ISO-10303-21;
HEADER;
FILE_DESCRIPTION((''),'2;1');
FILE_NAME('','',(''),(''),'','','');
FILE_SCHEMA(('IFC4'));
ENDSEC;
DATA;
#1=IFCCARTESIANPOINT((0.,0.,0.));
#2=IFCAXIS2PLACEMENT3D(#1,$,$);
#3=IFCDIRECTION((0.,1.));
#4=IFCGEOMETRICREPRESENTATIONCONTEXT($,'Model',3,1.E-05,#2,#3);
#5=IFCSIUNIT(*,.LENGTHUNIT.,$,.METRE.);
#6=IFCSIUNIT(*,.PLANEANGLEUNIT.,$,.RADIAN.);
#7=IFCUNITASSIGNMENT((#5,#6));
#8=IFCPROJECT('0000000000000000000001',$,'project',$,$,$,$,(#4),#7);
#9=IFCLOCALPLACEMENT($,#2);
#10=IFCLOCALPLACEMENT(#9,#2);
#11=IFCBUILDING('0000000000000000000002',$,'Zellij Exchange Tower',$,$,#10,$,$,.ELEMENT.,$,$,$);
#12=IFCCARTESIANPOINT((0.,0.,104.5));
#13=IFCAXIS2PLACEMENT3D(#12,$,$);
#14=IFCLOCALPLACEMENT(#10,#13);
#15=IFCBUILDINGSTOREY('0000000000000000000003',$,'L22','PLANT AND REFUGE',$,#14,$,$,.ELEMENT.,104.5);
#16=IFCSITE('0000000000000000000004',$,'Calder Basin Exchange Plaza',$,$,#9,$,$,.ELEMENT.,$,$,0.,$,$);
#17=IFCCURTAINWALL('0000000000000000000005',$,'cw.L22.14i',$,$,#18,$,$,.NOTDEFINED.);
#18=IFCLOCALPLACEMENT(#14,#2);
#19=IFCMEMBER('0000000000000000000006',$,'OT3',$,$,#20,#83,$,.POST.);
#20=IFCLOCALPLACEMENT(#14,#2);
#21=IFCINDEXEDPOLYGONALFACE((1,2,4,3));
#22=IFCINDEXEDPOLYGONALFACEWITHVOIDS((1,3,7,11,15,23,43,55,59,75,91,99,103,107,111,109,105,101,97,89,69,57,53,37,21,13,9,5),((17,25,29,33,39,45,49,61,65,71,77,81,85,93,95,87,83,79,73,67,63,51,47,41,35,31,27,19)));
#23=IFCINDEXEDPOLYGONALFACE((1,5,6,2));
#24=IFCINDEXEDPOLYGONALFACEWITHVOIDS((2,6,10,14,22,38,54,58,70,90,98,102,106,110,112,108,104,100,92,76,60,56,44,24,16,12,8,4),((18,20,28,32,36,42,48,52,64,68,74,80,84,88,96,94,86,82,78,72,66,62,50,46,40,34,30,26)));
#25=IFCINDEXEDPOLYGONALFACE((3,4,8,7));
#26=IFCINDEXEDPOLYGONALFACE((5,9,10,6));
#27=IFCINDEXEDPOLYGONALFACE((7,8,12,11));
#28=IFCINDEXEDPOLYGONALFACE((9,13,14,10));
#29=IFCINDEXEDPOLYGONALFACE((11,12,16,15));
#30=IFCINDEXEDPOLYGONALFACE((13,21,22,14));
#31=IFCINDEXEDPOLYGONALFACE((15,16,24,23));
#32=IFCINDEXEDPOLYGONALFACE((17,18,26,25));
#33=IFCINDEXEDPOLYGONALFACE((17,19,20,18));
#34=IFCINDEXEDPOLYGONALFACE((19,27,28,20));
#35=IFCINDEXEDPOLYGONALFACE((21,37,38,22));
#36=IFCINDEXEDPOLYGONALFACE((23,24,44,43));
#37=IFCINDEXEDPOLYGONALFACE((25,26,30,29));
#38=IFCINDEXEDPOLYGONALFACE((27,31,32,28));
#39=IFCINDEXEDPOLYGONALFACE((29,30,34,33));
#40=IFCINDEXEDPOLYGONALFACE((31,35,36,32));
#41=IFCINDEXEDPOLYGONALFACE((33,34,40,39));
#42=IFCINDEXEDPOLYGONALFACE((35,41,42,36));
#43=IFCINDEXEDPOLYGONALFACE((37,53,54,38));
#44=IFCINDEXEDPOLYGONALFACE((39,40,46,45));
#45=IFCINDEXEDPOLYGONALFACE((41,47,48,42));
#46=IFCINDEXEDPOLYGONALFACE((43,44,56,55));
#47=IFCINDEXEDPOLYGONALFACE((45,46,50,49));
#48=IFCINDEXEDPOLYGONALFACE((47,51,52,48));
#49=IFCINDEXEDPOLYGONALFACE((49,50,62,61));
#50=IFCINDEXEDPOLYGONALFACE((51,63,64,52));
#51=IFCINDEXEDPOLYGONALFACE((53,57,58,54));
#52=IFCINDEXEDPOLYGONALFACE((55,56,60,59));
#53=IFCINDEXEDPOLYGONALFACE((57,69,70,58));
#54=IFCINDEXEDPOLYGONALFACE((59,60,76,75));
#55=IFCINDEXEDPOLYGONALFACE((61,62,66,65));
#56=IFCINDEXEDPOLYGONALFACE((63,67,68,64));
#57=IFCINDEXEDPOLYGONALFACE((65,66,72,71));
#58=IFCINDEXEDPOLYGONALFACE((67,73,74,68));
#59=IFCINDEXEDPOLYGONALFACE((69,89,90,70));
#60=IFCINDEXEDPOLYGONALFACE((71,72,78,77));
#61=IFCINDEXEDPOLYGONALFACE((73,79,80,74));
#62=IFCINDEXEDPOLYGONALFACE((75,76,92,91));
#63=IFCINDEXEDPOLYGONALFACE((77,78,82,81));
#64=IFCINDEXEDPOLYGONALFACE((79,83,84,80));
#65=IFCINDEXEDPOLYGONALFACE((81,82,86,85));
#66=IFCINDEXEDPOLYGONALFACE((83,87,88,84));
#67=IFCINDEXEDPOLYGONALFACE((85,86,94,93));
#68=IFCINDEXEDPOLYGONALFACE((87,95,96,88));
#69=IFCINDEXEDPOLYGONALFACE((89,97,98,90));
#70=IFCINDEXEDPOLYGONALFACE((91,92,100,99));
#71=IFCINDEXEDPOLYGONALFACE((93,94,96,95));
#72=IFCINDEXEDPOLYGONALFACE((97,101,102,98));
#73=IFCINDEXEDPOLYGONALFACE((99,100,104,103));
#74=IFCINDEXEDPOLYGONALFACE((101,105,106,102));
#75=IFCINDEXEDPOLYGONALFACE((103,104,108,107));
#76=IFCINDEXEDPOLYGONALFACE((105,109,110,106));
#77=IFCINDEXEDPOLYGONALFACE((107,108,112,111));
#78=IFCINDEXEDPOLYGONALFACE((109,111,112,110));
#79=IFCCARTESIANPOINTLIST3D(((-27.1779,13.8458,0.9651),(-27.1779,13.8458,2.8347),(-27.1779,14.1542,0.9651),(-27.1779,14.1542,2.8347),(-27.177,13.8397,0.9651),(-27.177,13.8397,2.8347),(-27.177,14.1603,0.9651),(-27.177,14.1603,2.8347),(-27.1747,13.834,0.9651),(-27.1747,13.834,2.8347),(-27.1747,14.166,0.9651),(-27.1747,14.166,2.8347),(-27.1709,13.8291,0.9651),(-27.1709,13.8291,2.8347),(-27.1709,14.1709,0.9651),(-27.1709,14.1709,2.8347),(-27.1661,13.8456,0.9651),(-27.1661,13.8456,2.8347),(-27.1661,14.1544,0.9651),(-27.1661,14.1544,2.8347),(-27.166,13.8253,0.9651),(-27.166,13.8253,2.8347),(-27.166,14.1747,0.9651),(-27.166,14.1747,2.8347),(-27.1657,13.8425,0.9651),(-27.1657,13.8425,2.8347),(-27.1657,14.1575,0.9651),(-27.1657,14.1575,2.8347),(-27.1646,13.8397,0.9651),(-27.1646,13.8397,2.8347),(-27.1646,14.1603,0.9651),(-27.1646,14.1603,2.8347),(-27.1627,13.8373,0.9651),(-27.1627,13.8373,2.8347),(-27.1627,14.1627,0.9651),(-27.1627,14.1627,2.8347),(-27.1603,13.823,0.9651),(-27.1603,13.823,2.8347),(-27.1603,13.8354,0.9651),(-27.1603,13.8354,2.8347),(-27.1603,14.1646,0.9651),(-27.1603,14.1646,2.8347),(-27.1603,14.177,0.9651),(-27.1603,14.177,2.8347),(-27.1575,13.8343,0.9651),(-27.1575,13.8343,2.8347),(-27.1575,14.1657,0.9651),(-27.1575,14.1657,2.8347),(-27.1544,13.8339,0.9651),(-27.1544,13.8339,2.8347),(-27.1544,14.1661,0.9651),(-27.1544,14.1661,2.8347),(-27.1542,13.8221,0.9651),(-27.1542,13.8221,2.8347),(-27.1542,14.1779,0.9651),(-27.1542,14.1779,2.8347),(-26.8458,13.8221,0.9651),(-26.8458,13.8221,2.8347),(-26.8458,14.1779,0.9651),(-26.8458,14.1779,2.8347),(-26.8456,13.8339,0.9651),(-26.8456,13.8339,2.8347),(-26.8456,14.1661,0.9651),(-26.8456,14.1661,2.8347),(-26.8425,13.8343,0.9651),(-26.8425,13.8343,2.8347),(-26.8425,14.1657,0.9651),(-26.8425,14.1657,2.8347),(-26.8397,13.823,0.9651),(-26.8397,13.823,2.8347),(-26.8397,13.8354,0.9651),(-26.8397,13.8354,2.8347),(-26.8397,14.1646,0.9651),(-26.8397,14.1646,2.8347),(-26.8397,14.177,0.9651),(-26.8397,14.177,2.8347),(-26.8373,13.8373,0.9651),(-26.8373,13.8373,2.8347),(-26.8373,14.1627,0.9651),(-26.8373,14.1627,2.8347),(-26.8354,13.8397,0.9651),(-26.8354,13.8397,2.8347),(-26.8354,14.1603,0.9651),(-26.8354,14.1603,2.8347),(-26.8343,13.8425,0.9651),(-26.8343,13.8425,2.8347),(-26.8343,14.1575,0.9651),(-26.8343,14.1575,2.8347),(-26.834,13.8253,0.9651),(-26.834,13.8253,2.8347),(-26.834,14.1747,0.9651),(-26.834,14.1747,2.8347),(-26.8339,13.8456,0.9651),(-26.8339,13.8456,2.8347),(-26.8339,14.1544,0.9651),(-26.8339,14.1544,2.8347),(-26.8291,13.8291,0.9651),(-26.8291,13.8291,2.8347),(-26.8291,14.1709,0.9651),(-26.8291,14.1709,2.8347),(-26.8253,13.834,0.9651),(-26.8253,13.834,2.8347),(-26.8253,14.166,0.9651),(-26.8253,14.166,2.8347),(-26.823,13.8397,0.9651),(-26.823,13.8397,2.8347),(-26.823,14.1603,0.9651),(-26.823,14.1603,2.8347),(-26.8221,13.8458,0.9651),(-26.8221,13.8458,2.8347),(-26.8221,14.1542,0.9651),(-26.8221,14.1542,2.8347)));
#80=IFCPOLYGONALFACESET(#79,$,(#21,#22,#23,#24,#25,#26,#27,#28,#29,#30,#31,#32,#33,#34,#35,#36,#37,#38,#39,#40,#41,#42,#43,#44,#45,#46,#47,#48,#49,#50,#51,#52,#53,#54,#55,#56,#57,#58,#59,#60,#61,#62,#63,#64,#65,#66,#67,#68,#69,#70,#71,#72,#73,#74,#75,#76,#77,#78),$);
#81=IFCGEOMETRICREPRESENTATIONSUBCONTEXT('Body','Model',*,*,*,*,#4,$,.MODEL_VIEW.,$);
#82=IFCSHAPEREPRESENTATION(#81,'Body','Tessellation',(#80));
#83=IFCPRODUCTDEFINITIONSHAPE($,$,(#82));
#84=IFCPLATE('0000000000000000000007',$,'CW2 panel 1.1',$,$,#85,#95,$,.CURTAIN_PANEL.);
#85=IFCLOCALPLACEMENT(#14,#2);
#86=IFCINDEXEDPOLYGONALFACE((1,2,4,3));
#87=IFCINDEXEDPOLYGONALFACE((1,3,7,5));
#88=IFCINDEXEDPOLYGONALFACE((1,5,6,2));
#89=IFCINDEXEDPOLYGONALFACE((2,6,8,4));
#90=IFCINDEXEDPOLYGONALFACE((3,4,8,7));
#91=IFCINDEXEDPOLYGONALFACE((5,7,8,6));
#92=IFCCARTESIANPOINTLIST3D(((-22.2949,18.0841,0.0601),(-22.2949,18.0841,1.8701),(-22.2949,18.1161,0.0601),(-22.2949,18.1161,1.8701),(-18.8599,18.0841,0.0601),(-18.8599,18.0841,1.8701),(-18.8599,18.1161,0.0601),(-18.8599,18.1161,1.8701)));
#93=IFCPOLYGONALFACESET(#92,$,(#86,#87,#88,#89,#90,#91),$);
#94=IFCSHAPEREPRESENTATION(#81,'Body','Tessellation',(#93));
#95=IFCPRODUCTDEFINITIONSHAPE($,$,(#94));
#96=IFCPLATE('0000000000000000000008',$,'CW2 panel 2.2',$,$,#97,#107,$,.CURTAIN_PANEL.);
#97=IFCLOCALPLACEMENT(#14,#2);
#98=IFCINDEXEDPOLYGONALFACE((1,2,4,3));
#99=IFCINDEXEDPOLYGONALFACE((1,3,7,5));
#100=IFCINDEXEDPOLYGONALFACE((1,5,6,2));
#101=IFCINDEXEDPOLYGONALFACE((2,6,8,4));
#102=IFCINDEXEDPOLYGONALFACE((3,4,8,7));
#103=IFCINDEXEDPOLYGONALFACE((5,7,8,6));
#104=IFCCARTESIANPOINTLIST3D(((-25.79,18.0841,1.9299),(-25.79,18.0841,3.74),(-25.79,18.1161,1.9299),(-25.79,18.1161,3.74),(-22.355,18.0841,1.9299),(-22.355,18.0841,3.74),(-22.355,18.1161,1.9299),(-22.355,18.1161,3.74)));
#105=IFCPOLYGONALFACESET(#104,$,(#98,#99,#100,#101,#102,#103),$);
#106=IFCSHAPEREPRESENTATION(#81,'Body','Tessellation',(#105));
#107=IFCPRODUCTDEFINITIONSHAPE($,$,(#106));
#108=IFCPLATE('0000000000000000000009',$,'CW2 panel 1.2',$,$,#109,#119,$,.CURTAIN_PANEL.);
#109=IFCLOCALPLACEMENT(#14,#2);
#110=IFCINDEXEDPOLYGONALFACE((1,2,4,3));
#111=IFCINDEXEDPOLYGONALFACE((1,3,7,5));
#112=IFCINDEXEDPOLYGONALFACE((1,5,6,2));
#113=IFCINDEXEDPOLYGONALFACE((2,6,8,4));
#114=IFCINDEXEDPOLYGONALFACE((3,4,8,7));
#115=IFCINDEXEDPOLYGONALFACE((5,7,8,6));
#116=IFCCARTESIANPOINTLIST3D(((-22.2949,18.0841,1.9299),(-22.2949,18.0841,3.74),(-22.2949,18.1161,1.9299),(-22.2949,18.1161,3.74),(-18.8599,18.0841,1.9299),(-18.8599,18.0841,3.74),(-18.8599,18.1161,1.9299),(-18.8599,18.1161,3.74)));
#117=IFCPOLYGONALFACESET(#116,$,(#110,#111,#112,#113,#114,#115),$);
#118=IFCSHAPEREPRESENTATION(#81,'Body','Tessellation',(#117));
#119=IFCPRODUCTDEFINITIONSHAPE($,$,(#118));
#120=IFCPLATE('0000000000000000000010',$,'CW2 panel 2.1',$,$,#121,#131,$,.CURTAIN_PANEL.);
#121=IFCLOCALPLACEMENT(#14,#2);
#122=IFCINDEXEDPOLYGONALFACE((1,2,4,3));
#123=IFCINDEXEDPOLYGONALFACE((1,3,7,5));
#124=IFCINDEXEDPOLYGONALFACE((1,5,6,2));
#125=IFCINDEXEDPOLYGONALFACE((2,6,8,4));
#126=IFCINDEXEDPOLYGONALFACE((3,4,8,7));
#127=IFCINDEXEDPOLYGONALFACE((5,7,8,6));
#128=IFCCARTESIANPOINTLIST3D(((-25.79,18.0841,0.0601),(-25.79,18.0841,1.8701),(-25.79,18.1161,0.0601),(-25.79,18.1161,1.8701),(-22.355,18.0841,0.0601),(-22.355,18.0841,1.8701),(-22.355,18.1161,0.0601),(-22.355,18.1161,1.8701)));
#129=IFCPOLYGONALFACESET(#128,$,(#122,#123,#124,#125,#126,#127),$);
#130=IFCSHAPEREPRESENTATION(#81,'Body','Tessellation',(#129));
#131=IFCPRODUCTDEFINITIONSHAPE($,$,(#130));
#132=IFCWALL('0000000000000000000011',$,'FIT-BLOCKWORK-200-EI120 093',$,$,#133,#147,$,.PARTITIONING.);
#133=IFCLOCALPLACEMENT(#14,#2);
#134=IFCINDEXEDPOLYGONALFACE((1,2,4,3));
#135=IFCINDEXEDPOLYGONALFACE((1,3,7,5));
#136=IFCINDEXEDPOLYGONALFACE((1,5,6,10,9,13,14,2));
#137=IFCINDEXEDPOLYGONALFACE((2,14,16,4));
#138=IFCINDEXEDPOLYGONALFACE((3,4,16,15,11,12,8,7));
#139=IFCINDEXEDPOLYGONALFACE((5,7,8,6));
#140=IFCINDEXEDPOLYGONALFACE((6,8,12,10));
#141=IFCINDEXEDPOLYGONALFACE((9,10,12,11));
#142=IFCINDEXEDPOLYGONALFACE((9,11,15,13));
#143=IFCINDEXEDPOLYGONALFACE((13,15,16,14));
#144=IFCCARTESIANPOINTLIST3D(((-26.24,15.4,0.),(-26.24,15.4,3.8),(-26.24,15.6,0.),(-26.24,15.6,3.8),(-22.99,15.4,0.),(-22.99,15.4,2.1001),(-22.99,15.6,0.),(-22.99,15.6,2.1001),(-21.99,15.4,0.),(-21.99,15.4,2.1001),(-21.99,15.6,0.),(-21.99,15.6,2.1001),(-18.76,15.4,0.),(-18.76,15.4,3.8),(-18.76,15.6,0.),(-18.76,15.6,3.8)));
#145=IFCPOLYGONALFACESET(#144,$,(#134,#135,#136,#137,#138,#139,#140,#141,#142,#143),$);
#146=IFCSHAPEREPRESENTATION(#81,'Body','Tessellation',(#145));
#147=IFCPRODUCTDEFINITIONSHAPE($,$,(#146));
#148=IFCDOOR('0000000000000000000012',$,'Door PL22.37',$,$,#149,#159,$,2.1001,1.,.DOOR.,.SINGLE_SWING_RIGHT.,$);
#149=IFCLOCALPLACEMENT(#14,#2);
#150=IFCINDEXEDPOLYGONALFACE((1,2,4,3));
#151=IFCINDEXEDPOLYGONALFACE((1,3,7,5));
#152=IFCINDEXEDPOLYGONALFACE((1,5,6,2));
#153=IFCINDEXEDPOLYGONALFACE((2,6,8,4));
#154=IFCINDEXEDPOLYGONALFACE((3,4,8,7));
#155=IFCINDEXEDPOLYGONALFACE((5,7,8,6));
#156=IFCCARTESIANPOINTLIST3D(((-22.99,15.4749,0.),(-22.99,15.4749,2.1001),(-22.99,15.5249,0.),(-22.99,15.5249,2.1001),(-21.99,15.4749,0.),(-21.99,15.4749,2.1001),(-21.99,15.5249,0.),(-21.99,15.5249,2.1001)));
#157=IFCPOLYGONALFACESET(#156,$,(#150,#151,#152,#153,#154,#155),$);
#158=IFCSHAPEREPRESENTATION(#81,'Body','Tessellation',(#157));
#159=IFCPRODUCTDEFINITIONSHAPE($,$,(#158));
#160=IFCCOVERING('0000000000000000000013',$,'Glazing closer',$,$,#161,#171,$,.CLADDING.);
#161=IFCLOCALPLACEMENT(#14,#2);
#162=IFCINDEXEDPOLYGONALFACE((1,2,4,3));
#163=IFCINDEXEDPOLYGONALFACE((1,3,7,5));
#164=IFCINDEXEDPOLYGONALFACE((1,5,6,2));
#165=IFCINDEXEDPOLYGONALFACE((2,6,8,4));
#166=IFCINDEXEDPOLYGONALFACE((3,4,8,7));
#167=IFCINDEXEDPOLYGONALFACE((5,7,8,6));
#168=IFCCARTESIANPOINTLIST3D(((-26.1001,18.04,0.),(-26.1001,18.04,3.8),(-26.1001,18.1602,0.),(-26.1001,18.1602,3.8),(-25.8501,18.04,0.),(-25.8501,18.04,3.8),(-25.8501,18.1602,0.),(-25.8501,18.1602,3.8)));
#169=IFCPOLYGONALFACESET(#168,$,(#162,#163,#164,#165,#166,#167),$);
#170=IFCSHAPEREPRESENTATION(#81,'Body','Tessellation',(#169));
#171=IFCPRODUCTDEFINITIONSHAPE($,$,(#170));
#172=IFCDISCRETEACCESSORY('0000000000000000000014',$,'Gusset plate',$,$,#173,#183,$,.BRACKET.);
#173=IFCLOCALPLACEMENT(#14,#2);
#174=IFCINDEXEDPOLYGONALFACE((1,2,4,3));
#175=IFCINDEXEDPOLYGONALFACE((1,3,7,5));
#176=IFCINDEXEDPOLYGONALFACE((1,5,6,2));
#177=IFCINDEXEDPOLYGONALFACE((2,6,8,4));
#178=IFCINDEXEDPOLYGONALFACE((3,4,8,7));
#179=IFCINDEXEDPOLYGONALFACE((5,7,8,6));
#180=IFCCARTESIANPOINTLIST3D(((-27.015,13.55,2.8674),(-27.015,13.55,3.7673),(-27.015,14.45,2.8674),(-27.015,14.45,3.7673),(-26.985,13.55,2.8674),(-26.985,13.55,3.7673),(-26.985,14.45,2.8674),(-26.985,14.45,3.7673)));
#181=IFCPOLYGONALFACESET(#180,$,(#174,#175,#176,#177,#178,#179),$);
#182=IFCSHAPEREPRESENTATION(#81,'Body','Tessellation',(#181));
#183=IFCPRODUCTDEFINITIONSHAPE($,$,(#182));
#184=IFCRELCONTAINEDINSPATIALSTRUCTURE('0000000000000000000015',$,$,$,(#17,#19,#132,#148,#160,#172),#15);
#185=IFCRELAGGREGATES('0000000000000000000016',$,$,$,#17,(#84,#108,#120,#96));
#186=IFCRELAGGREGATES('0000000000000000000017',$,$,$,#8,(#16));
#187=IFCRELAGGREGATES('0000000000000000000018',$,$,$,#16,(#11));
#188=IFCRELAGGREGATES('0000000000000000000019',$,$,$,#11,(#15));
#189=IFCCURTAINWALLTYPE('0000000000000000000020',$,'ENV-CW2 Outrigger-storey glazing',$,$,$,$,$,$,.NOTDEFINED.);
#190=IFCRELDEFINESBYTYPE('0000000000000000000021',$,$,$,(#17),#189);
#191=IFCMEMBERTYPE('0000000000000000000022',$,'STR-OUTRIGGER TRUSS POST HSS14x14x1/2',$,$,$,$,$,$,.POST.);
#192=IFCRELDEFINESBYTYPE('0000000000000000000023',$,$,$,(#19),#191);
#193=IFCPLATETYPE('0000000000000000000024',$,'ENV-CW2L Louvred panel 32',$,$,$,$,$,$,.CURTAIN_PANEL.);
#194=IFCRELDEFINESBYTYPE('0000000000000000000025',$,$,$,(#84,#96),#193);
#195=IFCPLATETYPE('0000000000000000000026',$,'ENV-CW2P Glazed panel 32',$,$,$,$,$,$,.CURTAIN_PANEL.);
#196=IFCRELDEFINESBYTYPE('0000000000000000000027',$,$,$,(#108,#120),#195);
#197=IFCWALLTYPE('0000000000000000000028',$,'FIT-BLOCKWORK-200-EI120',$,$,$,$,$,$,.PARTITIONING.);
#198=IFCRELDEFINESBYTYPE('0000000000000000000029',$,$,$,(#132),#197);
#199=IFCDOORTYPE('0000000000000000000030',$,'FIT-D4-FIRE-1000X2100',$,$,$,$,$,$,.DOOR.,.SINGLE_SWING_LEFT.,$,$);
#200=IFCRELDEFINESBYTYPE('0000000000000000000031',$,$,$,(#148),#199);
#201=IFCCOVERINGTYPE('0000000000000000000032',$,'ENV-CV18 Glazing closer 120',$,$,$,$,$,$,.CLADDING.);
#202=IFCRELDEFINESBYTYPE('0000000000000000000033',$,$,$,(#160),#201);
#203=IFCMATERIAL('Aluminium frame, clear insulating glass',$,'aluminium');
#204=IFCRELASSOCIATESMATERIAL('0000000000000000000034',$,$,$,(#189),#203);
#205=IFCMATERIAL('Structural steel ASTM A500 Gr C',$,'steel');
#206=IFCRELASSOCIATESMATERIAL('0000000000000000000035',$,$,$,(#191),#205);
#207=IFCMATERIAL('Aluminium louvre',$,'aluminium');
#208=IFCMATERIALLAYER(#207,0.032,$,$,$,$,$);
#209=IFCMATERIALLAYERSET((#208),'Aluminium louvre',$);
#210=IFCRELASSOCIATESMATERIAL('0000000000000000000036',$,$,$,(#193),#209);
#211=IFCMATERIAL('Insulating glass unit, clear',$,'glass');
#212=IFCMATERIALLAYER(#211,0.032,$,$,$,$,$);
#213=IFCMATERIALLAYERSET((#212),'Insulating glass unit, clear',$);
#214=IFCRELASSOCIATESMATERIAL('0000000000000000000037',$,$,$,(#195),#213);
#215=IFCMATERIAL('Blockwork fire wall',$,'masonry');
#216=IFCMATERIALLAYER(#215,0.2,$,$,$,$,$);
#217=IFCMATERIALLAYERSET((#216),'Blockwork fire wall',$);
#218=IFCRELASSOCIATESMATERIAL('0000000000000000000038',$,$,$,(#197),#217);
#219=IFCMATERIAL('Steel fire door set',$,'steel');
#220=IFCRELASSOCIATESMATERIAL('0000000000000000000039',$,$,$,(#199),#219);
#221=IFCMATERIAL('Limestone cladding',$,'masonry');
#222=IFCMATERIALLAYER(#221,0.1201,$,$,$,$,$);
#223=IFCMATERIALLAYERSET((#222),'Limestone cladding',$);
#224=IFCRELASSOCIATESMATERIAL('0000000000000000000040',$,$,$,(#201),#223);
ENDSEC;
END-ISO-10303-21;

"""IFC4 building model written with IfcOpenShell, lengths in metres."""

from ifc_helpers import new_model, si_unit, direction, frame, frame_2d, origin, origin_2d, place, context, subcontext, project, spatial, rectangle, hollow_rectangle, extrude, material, layer, layer_set, material_profile, profile_set, type_object, element, fill, aggregate, save


model = new_model("IFC4")

# Units and contexts
model_context = context("Model", 3, precision=1e-05, world=origin(), true_north=direction((0.0, 1.0)))
body_context = subcontext(model_context, "Body", "Model", "MODEL_VIEW")
ifc_project = project(units=[si_unit("LENGTHUNIT", "METRE"), si_unit("PLANEANGLEUNIT", "RADIAN")], contexts=[model_context])

# Site, building, storey
site_placement = place(None, origin())
site = spatial("IfcSite", under=ifc_project, at=site_placement, Name="Calder Basin Exchange Plaza", CompositionType="ELEMENT", RefElevation=0.0)
building_placement = place(site_placement, origin())
building = spatial("IfcBuilding", under=site, at=building_placement, Name="Zellij Exchange Tower", CompositionType="ELEMENT")
storey_placement = place(building_placement, frame((0.0, 0.0, 104.5)))
storey = spatial("IfcBuildingStorey", under=building, at=storey_placement, Name="L22", Description="PLANT AND REFUGE", CompositionType="ELEMENT", Elevation=104.5)

# Curtain wall
ifc_material_1 = material(Name="Aluminium frame, clear insulating glass", Category="aluminium")
curtain_wall_type = type_object("IfcCurtainWallType", Name="ENV-CW2 Outrigger-storey glazing", PredefinedType="NOTDEFINED", material=ifc_material_1)
curtain_wall_placement = place(storey_placement, origin())
curtain_wall = element("IfcCurtainWall", 1, at=curtain_wall_placement, inside=storey, type_object=curtain_wall_type, Name="cw.L22.14i", PredefinedType="NOTDEFINED")

# Shared definitions
ifc_material_2 = material(Name="Structural steel ASTM A500 Gr C", Category="steel")

# Member
ifc_material_profile_1 = material_profile(ifc_material_2, hollow_rectangle(XDim=0.3557, YDim=0.3557, WallThickness=0.0117, InnerFilletRadius=0.0117, OuterFilletRadius=0.0237, at=origin_2d()), Name="STR-OUTRIGGER TRUSS POST HSS14x14x1/2")
ifc_profile_set_1 = profile_set([ifc_material_profile_1], Name="Structural steel ASTM A500 Gr C")
member_type_1 = type_object("IfcMemberType", Name="STR-OUTRIGGER TRUSS POST HSS14x14x1/2", PredefinedType="POST", material=ifc_profile_set_1)
member_1_placement = place(storey_placement, frame((-27.0, 14.0, 0.9651), z_axis=(0.0, 0.0, 1.0), x_axis=(1.0, 0.0, 0.0)))
element("IfcMember", 2, at=member_1_placement, inside=storey, type_object=member_type_1, Name="OT3", PredefinedType="POST", context=body_context, shape_type="SweptSolid", body=[
    extrude(hollow_rectangle(XDim=0.3557, YDim=0.3557, WallThickness=0.0117, InnerFilletRadius=0.0117, OuterFilletRadius=0.0237, at=origin_2d()), origin(), (0.0, 0.0, 1.0), 1.8696),
])

# Plates
ifc_material_3 = material(Name="Aluminium louvre", Category="aluminium")
ifc_layer_1 = layer(ifc_material_3, 0.032)
ifc_layer_set_1 = layer_set([ifc_layer_1], Name="Aluminium louvre")
plate_type_1 = type_object("IfcPlateType", Name="ENV-CW2L Louvred panel 32", PredefinedType="CURTAIN_PANEL", material=ifc_layer_set_1)
plate_1_placement = place(storey_placement, frame((-20.5774, 18.1001, 0.0601), z_axis=(0.0, 0.0, 1.0), x_axis=(-1.0, 0.0, 0.0)))
plate_1 = element("IfcPlate", 3, at=plate_1_placement, type_object=plate_type_1, Name="CW2 panel 1.1", PredefinedType="CURTAIN_PANEL", context=body_context, shape_type="SweptSolid", body=[
    extrude(rectangle(XDim=3.4351, YDim=0.032, at=origin_2d()), origin(), (0.0, 0.0, 1.0), 1.8101),
])
plate_2_placement = place(storey_placement, frame((-24.0725, 18.1001, 1.9299), z_axis=(0.0, 0.0, 1.0), x_axis=(-1.0, 0.0, 0.0)))
plate_2 = element("IfcPlate", 4, at=plate_2_placement, type_object=plate_type_1, Name="CW2 panel 2.2", PredefinedType="CURTAIN_PANEL", context=body_context, shape_type="SweptSolid", body=[
    extrude(rectangle(XDim=3.4351, YDim=0.032, at=origin_2d()), origin(), (0.0, 0.0, 1.0), 1.8101),
])
ifc_material_4 = material(Name="Insulating glass unit, clear", Category="glass")
ifc_layer_2 = layer(ifc_material_4, 0.032)
ifc_layer_set_2 = layer_set([ifc_layer_2], Name="Insulating glass unit, clear")
plate_type_2 = type_object("IfcPlateType", Name="ENV-CW2P Glazed panel 32", PredefinedType="CURTAIN_PANEL", material=ifc_layer_set_2)
plate_3_placement = place(storey_placement, frame((-20.5774, 18.1001, 1.9299), z_axis=(0.0, 0.0, 1.0), x_axis=(-1.0, 0.0, 0.0)))
plate_3 = element("IfcPlate", 5, at=plate_3_placement, type_object=plate_type_2, Name="CW2 panel 1.2", PredefinedType="CURTAIN_PANEL", context=body_context, shape_type="SweptSolid", body=[
    extrude(rectangle(XDim=3.4351, YDim=0.032, at=origin_2d()), origin(), (0.0, 0.0, 1.0), 1.8101),
])
plate_4_placement = place(storey_placement, frame((-24.0725, 18.1001, 0.0601), z_axis=(0.0, 0.0, 1.0), x_axis=(-1.0, 0.0, 0.0)))
plate_4 = element("IfcPlate", 6, at=plate_4_placement, type_object=plate_type_2, Name="CW2 panel 2.1", PredefinedType="CURTAIN_PANEL", context=body_context, shape_type="SweptSolid", body=[
    extrude(rectangle(XDim=3.4351, YDim=0.032, at=origin_2d()), origin(), (0.0, 0.0, 1.0), 1.8101),
])
aggregate(curtain_wall, [plate_1, plate_3, plate_4, plate_2])

# Wall, opening, door
ifc_material_5 = material(Name="Blockwork fire wall", Category="masonry")
ifc_layer_3 = layer(ifc_material_5, 0.2)
ifc_layer_set_3 = layer_set([ifc_layer_3], Name="Blockwork fire wall")
wall_type = type_object("IfcWallType", Name="FIT-BLOCKWORK-200-EI120", PredefinedType="PARTITIONING", material=ifc_layer_set_3)
wall_placement = place(storey_placement, frame((-26.24, 15.5, 0.0), z_axis=(0.0, 0.0, 1.0), x_axis=(1.0, 0.0, 0.0)))
wall = element("IfcWall", 7, at=wall_placement, inside=storey, type_object=wall_type, Name="FIT-BLOCKWORK-200-EI120 093", PredefinedType="PARTITIONING", context=body_context, shape_type="SweptSolid", body=[
    extrude(rectangle(XDim=7.48, YDim=0.2, at=frame_2d((3.74, 0.0))), origin(), (0.0, 0.0, 1.0), 3.8),
])
opening_placement = place(wall_placement, frame((3.25, 0.0, 0.0)))
opening = element("IfcOpeningElement", 8, at=opening_placement, cuts=wall, PredefinedType="OPENING", context=body_context, shape_type="SweptSolid", body=[
    extrude(rectangle(XDim=1.0, YDim=2.1001, at=frame_2d((0.5, 1.05))), frame((0.0, 0.1118, 0.0), z_axis=(0.0, -1.0, 0.0), x_axis=(1.0, 0.0, 0.0)), (0.0, 0.0, 1.0), 0.2239),
])
ifc_material_6 = material(Name="Steel fire door set", Category="steel")
door_type = type_object("IfcDoorType", Name="FIT-D4-FIRE-1000X2100", OperationType="SINGLE_SWING_LEFT", PredefinedType="DOOR", material=ifc_material_6)
door_placement = place(opening_placement, origin())
door = element("IfcDoor", 9, at=door_placement, inside=storey, type_object=door_type, Name="Door PL22.37", OperationType="SINGLE_SWING_RIGHT", OverallHeight=2.1001, OverallWidth=1.0, PredefinedType="DOOR", context=body_context, shape_type="SweptSolid", body=[
    extrude(rectangle(XDim=1.0, YDim=2.1001, at=frame_2d((0.5, 1.05))), frame((0.0, 0.0249, 0.0), z_axis=(0.0, -1.0, 0.0), x_axis=(1.0, 0.0, 0.0)), (0.0, 0.0, 1.0), 0.05),
])
fill(opening, door)

# Covering
ifc_material_7 = material(Name="Limestone cladding", Category="masonry")
ifc_layer_4 = layer(ifc_material_7, 0.1201)
ifc_layer_set_4 = layer_set([ifc_layer_4], Name="Limestone cladding")
covering_type = type_object("IfcCoveringType", Name="ENV-CV18 Glazing closer 120", PredefinedType="CLADDING", material=ifc_layer_set_4)
covering_placement = place(storey_placement, frame((-25.9751, 18.1001, 0.0), z_axis=(0.0, 0.0, 1.0), x_axis=(-1.0, 0.0, 0.0)))
element("IfcCovering", 10, at=covering_placement, inside=storey, type_object=covering_type, Name="Glazing closer", PredefinedType="CLADDING", context=body_context, shape_type="SweptSolid", body=[
    extrude(rectangle(XDim=0.25, YDim=0.1201, at=origin_2d()), origin(), (0.0, 0.0, 1.0), 3.8),
])

# Discrete accessory
for number, where, z_axis, x_axis, name in (
    (11, (-27.0, 14.0, 2.8674), (0.0, 0.0, 1.0), (0.0, 1.0, 0.0), "Gusset plate"),
):
    element("IfcDiscreteAccessory", number, at=place(storey_placement, frame(where, z_axis=z_axis, x_axis=x_axis)), inside=storey, Name=name, PredefinedType="BRACKET", context=body_context, shape_type="SweptSolid", body=[
        extrude(rectangle(XDim=0.8999, YDim=0.03, at=origin_2d()), origin(), (0.0, 0.0, 1.0), 0.8999),
    ])

save(model, "model.ifc")
